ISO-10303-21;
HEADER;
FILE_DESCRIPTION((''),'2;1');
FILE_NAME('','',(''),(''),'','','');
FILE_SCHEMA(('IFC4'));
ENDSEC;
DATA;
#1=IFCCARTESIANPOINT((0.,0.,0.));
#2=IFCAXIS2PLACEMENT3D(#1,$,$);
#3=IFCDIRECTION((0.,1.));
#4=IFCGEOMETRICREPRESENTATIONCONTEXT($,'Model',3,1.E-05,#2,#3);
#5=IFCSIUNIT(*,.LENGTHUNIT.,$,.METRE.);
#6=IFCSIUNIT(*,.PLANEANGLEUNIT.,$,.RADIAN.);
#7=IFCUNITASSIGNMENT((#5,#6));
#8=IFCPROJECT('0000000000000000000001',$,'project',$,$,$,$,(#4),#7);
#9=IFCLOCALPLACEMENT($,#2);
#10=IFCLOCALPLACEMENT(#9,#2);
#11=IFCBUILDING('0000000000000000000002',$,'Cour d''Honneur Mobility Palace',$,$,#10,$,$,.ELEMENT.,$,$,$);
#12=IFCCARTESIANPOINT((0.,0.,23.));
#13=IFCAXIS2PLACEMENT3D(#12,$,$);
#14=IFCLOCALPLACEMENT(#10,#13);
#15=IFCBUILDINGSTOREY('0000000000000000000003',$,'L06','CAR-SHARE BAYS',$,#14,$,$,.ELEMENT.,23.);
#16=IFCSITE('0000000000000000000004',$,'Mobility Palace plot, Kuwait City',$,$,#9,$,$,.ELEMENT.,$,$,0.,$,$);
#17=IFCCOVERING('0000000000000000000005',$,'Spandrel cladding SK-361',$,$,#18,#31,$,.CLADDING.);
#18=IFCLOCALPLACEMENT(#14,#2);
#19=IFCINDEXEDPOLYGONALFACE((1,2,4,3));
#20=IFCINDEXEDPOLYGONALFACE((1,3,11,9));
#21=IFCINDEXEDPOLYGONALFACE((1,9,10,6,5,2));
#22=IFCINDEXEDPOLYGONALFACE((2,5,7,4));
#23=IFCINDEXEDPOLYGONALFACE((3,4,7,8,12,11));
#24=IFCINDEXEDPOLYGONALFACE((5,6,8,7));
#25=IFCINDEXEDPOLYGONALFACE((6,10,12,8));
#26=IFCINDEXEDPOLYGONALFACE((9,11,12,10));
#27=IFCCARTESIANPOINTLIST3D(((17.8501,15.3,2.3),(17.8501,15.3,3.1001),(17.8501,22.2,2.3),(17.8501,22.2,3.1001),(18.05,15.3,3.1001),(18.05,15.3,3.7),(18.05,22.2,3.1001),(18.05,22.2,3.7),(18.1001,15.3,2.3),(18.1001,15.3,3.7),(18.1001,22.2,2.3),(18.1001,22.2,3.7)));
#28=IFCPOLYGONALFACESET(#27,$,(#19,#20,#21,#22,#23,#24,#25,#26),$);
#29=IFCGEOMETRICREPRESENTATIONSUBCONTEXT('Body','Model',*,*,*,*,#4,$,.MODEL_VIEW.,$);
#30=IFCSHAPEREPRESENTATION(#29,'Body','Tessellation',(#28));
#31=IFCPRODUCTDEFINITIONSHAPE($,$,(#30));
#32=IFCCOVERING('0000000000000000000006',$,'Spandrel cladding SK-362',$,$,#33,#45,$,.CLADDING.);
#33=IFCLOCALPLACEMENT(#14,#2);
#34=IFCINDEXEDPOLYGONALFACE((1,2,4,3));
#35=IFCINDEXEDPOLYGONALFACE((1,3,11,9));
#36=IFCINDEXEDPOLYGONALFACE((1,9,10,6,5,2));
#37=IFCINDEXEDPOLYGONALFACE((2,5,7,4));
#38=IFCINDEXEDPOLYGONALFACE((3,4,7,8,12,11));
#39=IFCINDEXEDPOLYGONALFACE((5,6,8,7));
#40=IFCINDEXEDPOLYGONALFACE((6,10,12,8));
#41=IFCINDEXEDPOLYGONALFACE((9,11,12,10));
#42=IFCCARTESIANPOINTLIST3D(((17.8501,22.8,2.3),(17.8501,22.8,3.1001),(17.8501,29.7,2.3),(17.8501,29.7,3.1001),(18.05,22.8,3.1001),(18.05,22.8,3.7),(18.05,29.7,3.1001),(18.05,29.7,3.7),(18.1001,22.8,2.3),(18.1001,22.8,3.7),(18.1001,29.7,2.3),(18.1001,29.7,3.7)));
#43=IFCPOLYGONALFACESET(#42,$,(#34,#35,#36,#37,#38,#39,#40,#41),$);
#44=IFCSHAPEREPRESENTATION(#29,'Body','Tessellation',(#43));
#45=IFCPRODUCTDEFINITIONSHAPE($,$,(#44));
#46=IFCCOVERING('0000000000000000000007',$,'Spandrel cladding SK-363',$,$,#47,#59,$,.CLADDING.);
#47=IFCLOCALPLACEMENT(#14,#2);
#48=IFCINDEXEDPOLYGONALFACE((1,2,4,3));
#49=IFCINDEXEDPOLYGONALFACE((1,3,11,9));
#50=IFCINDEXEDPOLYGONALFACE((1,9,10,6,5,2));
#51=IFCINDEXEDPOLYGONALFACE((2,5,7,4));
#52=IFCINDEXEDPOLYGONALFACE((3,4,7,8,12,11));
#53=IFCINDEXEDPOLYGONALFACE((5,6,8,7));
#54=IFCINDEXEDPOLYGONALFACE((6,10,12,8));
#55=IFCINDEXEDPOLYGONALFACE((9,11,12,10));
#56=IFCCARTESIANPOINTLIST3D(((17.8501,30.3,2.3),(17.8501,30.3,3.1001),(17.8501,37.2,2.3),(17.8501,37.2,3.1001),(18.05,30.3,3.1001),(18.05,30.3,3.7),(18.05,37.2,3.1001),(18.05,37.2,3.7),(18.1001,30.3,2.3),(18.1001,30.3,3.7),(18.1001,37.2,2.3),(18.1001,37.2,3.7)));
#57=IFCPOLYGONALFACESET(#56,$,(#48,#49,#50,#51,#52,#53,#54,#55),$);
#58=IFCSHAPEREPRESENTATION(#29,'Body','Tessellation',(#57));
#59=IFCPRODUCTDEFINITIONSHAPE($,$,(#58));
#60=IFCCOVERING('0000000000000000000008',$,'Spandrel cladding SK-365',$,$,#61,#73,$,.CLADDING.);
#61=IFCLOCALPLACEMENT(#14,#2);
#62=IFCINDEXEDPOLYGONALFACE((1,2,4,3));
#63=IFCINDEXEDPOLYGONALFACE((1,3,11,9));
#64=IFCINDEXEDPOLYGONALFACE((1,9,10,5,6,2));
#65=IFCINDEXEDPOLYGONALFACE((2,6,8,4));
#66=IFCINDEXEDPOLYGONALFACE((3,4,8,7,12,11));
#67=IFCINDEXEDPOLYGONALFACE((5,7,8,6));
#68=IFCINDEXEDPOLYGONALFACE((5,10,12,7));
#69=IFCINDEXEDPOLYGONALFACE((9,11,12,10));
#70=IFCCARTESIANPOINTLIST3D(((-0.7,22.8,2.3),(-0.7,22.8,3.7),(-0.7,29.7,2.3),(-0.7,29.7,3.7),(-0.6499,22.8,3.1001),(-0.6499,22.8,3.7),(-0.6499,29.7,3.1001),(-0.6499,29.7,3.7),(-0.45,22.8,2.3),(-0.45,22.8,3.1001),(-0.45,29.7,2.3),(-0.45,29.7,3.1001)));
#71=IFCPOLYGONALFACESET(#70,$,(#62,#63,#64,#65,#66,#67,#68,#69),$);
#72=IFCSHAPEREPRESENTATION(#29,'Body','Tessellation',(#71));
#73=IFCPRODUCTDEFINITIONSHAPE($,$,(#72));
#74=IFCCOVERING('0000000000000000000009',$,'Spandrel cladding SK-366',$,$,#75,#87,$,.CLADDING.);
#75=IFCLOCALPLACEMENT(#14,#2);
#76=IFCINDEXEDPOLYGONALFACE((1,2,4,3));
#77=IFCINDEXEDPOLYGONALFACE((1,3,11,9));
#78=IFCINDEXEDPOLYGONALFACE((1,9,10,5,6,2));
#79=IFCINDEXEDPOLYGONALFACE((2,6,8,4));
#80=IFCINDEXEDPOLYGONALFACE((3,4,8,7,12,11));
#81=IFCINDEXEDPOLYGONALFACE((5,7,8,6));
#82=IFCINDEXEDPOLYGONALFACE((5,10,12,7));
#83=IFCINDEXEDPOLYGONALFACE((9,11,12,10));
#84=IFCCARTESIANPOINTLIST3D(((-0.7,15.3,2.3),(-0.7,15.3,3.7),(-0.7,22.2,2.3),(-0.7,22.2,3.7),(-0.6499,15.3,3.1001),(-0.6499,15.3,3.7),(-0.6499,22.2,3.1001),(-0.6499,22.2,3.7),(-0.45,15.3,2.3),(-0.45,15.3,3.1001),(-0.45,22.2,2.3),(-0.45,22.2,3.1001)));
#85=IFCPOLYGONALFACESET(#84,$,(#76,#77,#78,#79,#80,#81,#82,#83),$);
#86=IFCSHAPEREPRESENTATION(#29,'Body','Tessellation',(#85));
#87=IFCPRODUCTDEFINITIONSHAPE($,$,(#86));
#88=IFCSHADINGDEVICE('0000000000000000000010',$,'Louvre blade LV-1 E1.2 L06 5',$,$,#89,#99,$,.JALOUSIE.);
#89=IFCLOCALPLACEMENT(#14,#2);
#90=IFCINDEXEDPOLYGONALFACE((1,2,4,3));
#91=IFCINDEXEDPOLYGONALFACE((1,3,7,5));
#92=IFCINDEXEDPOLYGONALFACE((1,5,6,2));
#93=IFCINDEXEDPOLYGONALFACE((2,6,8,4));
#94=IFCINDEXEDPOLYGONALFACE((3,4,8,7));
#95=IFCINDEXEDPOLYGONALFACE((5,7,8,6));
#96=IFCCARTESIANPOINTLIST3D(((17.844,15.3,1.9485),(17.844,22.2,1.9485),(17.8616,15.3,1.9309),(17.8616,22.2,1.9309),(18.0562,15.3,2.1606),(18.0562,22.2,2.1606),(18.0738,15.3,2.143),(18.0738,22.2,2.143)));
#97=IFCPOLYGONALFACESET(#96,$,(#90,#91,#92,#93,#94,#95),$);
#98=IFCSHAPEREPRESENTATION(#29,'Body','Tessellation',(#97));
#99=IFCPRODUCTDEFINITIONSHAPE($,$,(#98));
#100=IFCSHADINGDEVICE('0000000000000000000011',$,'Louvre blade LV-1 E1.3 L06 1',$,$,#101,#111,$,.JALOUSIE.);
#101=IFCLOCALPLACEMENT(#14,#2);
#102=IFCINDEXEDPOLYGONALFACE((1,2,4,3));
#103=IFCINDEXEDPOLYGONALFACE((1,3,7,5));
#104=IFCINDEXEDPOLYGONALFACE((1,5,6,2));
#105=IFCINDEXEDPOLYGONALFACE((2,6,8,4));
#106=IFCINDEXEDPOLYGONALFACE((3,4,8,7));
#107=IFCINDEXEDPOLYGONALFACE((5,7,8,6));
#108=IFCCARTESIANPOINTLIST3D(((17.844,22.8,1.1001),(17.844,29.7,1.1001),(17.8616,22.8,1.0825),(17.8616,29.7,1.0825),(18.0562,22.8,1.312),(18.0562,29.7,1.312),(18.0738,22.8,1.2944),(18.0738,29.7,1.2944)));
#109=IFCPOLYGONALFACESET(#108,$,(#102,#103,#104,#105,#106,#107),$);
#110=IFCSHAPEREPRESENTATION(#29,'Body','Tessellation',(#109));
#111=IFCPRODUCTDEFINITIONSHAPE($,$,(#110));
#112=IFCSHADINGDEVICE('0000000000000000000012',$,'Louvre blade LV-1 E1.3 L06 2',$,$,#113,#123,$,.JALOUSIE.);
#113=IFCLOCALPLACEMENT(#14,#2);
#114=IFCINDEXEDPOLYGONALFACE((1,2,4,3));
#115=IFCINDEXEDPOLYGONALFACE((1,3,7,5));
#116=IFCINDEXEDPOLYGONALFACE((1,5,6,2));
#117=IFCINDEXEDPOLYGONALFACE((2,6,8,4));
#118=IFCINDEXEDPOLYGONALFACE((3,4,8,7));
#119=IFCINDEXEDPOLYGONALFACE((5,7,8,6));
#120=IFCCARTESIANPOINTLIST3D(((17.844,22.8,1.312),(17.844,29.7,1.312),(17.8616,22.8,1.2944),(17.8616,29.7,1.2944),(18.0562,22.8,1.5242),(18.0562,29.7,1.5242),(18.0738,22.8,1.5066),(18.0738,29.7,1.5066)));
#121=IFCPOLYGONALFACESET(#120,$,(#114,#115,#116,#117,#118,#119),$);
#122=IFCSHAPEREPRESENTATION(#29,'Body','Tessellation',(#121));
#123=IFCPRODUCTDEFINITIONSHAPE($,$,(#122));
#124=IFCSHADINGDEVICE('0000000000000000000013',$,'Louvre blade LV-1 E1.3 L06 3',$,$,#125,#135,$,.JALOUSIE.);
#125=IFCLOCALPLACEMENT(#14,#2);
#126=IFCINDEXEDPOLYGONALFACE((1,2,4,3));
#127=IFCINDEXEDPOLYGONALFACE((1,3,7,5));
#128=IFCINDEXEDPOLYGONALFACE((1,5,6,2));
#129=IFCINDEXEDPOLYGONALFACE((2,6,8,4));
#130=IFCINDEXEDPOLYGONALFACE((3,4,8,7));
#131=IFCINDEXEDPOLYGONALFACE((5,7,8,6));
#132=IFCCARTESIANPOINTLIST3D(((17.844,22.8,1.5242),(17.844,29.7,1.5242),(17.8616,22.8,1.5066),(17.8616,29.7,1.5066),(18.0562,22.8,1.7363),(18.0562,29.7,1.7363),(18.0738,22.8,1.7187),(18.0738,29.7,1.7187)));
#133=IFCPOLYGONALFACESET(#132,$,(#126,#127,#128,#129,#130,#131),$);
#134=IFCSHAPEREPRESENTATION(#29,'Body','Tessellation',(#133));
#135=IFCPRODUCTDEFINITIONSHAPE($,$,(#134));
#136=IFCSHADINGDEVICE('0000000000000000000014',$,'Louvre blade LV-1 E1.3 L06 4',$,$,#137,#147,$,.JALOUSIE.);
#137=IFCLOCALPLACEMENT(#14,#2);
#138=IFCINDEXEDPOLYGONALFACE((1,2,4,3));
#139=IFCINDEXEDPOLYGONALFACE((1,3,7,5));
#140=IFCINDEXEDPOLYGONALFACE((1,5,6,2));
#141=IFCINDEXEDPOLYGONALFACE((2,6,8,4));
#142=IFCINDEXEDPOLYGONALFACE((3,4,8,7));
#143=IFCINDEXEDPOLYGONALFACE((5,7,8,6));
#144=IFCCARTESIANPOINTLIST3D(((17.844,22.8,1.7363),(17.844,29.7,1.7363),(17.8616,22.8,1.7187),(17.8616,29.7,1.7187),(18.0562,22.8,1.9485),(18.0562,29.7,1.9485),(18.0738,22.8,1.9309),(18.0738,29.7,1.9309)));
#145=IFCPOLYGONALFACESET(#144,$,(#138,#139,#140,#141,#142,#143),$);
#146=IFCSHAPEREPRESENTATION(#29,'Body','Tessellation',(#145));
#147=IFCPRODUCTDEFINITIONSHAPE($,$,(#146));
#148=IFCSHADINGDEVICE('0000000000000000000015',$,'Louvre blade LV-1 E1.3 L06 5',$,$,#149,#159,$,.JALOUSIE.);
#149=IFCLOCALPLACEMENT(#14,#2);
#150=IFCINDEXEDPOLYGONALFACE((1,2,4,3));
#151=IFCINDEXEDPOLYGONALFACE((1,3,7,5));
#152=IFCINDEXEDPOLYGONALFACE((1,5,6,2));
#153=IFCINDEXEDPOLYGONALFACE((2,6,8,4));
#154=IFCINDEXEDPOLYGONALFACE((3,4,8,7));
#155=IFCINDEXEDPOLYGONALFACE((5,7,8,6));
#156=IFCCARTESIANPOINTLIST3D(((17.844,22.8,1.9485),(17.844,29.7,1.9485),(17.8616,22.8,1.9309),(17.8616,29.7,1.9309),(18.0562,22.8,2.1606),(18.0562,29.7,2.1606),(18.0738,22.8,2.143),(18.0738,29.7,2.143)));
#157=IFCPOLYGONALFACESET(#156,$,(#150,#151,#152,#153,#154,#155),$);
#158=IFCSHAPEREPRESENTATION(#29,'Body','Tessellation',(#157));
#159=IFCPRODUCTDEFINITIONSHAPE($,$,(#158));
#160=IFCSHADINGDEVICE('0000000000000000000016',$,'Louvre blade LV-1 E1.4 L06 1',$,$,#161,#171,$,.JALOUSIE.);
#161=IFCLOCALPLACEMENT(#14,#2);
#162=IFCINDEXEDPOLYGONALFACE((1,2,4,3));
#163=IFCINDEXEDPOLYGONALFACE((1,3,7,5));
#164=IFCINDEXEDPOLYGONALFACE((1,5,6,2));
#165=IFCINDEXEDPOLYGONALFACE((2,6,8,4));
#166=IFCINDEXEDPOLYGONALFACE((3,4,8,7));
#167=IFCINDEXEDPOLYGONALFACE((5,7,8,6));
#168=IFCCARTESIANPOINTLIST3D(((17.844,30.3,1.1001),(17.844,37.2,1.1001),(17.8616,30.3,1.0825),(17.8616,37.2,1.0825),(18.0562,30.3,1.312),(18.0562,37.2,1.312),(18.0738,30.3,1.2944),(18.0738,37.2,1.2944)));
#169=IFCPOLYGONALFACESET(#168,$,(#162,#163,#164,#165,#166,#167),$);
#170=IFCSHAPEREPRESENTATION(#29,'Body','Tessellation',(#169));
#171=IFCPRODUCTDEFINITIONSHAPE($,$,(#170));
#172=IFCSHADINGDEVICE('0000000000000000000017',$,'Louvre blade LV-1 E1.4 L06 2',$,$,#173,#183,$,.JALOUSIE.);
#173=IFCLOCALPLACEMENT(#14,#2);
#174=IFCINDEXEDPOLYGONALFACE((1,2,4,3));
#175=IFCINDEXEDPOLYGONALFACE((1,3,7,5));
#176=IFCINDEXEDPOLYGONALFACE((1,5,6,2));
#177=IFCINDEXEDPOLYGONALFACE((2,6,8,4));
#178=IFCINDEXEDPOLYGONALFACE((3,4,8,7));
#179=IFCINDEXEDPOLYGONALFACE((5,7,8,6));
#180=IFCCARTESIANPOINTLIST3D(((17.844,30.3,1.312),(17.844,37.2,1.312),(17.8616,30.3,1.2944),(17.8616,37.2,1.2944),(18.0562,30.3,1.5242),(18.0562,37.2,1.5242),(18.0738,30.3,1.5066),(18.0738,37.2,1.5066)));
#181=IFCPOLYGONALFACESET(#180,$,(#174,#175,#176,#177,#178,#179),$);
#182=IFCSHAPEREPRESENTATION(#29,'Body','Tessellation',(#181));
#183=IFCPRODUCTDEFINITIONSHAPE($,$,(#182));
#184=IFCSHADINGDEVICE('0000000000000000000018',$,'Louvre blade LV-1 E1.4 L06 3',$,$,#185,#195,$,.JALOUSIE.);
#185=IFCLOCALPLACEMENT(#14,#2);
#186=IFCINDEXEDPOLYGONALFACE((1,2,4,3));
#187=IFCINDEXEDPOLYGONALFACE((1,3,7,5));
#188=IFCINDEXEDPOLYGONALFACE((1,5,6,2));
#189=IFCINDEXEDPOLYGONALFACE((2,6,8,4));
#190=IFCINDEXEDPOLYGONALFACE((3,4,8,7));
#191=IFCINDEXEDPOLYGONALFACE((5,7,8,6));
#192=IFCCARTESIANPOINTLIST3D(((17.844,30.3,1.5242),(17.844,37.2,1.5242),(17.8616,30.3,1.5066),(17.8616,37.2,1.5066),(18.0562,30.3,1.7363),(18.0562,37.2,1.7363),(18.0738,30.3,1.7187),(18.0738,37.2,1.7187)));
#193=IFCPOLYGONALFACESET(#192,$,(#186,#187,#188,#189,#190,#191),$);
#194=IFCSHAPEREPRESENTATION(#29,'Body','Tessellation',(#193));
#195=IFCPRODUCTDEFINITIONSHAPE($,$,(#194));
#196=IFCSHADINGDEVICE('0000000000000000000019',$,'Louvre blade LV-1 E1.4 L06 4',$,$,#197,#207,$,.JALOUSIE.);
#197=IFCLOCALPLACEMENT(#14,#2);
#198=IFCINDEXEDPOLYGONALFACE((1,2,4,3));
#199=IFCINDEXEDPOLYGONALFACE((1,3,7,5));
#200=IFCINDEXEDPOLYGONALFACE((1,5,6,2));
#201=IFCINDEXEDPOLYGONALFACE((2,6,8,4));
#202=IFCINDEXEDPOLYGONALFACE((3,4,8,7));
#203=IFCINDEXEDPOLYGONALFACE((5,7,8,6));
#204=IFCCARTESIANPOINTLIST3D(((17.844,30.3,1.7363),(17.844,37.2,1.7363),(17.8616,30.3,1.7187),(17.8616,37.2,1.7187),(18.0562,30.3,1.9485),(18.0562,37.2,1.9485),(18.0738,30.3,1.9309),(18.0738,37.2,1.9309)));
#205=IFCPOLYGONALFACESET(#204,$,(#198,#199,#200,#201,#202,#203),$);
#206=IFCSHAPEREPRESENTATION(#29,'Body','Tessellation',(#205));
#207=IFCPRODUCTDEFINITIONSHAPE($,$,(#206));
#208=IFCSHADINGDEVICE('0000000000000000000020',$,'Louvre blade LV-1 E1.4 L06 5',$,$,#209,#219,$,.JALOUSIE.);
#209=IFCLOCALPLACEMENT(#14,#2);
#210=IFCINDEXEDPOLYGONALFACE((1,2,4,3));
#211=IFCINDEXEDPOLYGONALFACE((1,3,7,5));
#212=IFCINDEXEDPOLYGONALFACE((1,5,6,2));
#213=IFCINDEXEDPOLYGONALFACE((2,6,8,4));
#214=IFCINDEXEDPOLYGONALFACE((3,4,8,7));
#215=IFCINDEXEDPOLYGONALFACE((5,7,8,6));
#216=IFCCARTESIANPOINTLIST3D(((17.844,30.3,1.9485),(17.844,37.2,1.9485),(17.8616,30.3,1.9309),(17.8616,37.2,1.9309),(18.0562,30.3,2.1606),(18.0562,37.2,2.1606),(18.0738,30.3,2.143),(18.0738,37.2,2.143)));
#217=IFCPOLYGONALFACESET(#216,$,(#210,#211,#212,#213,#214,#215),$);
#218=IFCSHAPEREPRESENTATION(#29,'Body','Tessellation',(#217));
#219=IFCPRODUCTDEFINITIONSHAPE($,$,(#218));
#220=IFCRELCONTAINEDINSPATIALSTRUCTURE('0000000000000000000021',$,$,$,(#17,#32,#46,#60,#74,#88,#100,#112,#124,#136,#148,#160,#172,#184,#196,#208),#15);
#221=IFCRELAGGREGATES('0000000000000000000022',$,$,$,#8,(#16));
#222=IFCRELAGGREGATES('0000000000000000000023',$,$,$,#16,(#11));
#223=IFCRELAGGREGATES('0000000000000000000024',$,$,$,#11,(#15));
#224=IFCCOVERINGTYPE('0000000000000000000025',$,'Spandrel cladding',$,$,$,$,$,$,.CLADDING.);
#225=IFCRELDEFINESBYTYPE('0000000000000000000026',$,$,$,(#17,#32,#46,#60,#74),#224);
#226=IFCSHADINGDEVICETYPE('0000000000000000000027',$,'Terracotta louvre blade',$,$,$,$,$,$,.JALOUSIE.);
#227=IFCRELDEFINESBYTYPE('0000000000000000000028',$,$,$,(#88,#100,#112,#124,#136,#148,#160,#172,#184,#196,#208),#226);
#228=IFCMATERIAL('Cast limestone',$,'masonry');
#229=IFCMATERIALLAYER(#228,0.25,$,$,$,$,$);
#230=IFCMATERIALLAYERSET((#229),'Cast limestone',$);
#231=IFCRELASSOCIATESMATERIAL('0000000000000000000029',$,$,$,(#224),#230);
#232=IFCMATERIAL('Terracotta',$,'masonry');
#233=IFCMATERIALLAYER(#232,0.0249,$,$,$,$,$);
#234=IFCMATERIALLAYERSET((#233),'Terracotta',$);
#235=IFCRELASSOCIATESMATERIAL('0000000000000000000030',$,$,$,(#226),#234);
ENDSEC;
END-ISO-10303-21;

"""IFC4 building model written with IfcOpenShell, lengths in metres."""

from ifc_helpers import new_model, si_unit, direction, frame, origin, place, context, subcontext, project, spatial, polyline, outline, extrude, material, layer, layer_set, type_object, element, save


model = new_model("IFC4")

# Units and contexts
model_context = context("Model", 3, precision=1e-05, world=origin(), true_north=direction((0.0, 1.0)))
body_context = subcontext(model_context, "Body", "Model", "MODEL_VIEW")
ifc_project = project(units=[si_unit("LENGTHUNIT", "METRE"), si_unit("PLANEANGLEUNIT", "RADIAN")], contexts=[model_context])

# Site, building, storey
site_placement = place(None, origin())
site = spatial("IfcSite", under=ifc_project, at=site_placement, Name="Mobility Palace plot, Kuwait City", CompositionType="ELEMENT", RefElevation=0.0)
building_placement = place(site_placement, origin())
building = spatial("IfcBuilding", under=site, at=building_placement, Name="Cour d'Honneur Mobility Palace", CompositionType="ELEMENT")
storey_placement = place(building_placement, frame((0.0, 0.0, 23.0)))
storey = spatial("IfcBuildingStorey", under=building, at=storey_placement, Name="L06", Description="CAR-SHARE BAYS", CompositionType="ELEMENT", Elevation=23.0)

# Coverings
ifc_material_1 = material(Name="Cast limestone", Category="masonry")
ifc_layer_1 = layer(ifc_material_1, 0.25)
ifc_layer_set_1 = layer_set([ifc_layer_1], Name="Cast limestone")
covering_type = type_object("IfcCoveringType", Name="Spandrel cladding", PredefinedType="CLADDING", material=ifc_layer_set_1)
for number, where, z_axis, x_axis, name in (
    (1, (17.8501, 15.3, 2.3), (0.0, -1.0, 0.0), (1.0, 0.0, 0.0), "Spandrel cladding SK-361"),
    (2, (17.8501, 22.8, 2.3), (0.0, -1.0, 0.0), (1.0, 0.0, 0.0), "Spandrel cladding SK-362"),
    (3, (17.8501, 30.3, 2.3), (0.0, -1.0, 0.0), (1.0, 0.0, 0.0), "Spandrel cladding SK-363"),
    (4, (-0.45, 29.7, 2.3), (0.0, 1.0, 0.0), (-1.0, 0.0, 0.0), "Spandrel cladding SK-365"),
    (5, (-0.45, 22.2, 2.3), (0.0, 1.0, 0.0), (-1.0, 0.0, 0.0), "Spandrel cladding SK-366"),
):
    element("IfcCovering", number, at=place(storey_placement, frame(where, z_axis=z_axis, x_axis=x_axis)), inside=storey, type_object=covering_type, Name=name, PredefinedType="CLADDING", context=body_context, shape_type="SweptSolid", body=[
        extrude(outline(polyline([(0.0, 0.0), (0.25, 0.0), (0.25, 1.3999), (0.2, 1.3999), (0.2, 0.8), (0.0, 0.8), (0.0, 0.0)])), origin(), (0.0, 0.0, -1.0), 6.8999),
    ])

# Shading devices
ifc_material_2 = material(Name="Terracotta", Category="masonry")
ifc_layer_2 = layer(ifc_material_2, 0.0249)
ifc_layer_set_2 = layer_set([ifc_layer_2], Name="Terracotta")
shading_device_type = type_object("IfcShadingDeviceType", Name="Terracotta louvre blade", PredefinedType="JALOUSIE", material=ifc_layer_set_2)
shading_device_1_placement = place(storey_placement, frame((17.844, 15.3, 1.9485), z_axis=(-0.707107, 0.0, 0.707107), x_axis=(0.0, 1.0, 0.0)))
element("IfcShadingDevice", 6, at=shading_device_1_placement, inside=storey, type_object=shading_device_type, Name="Louvre blade LV-1 E1.2 L06 5", PredefinedType="JALOUSIE", context=body_context, shape_type="SweptSolid", body=[
    extrude(outline(polyline([(0.0, 0.0), (6.8999, 0.0), (6.8999, -0.3), (0.0, -0.3), (0.0, 0.0)])), origin(), (0.0, 0.0, -1.0), 0.0249),
])
shading_device_2_placement = place(storey_placement, frame((17.844, 22.8, 1.1001), z_axis=(-0.7067, 0.0, 0.707514), x_axis=(0.0, 1.0, 0.0)))
element("IfcShadingDevice", 7, at=shading_device_2_placement, inside=storey, type_object=shading_device_type, Name="Louvre blade LV-1 E1.3 L06 1", PredefinedType="JALOUSIE", context=body_context, shape_type="SweptSolid", body=[
    extrude(outline(polyline([(0.0, 0.0), (6.8999, 0.0), (6.8999, -0.2999), (0.0, -0.2999), (0.0, 0.0)])), origin(), (0.0, 0.0, -1.0), 0.0249),
])
for number, where, z_axis, x_axis, name in (
    (8, (17.844, 22.8, 1.312), (-0.707107, 0.0, 0.707107), (0.0, 1.0, 0.0), "Louvre blade LV-1 E1.3 L06 2"),
    (9, (17.844, 22.8, 1.5242), (-0.707107, 0.0, 0.707107), (0.0, 1.0, 0.0), "Louvre blade LV-1 E1.3 L06 3"),
    (10, (17.844, 22.8, 1.7363), (-0.707107, 0.0, 0.707107), (0.0, 1.0, 0.0), "Louvre blade LV-1 E1.3 L06 4"),
    (11, (17.844, 22.8, 1.9485), (-0.707107, 0.0, 0.707107), (0.0, 1.0, 0.0), "Louvre blade LV-1 E1.3 L06 5"),
):
    element("IfcShadingDevice", number, at=place(storey_placement, frame(where, z_axis=z_axis, x_axis=x_axis)), inside=storey, type_object=shading_device_type, Name=name, PredefinedType="JALOUSIE", context=body_context, shape_type="SweptSolid", body=[
        extrude(outline(polyline([(0.0, 0.0), (6.8999, 0.0), (6.8999, -0.3), (0.0, -0.3), (0.0, 0.0)])), origin(), (0.0, 0.0, -1.0), 0.0249),
    ])
shading_device_3_placement = place(storey_placement, frame((17.844, 30.3, 1.1001), z_axis=(-0.7067, 0.0, 0.707514), x_axis=(0.0, 1.0, 0.0)))
element("IfcShadingDevice", 12, at=shading_device_3_placement, inside=storey, type_object=shading_device_type, Name="Louvre blade LV-1 E1.4 L06 1", PredefinedType="JALOUSIE", context=body_context, shape_type="SweptSolid", body=[
    extrude(outline(polyline([(0.0, 0.0), (6.8999, 0.0), (6.8999, -0.2999), (0.0, -0.2999), (0.0, 0.0)])), origin(), (0.0, 0.0, -1.0), 0.0249),
])
for number, where, z_axis, x_axis, name in (
    (13, (17.844, 30.3, 1.312), (-0.707107, 0.0, 0.707107), (0.0, 1.0, 0.0), "Louvre blade LV-1 E1.4 L06 2"),
    (14, (17.844, 30.3, 1.5242), (-0.707107, 0.0, 0.707107), (0.0, 1.0, 0.0), "Louvre blade LV-1 E1.4 L06 3"),
    (15, (17.844, 30.3, 1.7363), (-0.707107, 0.0, 0.707107), (0.0, 1.0, 0.0), "Louvre blade LV-1 E1.4 L06 4"),
    (16, (17.844, 30.3, 1.9485), (-0.707107, 0.0, 0.707107), (0.0, 1.0, 0.0), "Louvre blade LV-1 E1.4 L06 5"),
):
    element("IfcShadingDevice", number, at=place(storey_placement, frame(where, z_axis=z_axis, x_axis=x_axis)), inside=storey, type_object=shading_device_type, Name=name, PredefinedType="JALOUSIE", context=body_context, shape_type="SweptSolid", body=[
        extrude(outline(polyline([(0.0, 0.0), (6.8999, 0.0), (6.8999, -0.3), (0.0, -0.3), (0.0, 0.0)])), origin(), (0.0, 0.0, -1.0), 0.0249),
    ])

save(model, "model.ifc")
